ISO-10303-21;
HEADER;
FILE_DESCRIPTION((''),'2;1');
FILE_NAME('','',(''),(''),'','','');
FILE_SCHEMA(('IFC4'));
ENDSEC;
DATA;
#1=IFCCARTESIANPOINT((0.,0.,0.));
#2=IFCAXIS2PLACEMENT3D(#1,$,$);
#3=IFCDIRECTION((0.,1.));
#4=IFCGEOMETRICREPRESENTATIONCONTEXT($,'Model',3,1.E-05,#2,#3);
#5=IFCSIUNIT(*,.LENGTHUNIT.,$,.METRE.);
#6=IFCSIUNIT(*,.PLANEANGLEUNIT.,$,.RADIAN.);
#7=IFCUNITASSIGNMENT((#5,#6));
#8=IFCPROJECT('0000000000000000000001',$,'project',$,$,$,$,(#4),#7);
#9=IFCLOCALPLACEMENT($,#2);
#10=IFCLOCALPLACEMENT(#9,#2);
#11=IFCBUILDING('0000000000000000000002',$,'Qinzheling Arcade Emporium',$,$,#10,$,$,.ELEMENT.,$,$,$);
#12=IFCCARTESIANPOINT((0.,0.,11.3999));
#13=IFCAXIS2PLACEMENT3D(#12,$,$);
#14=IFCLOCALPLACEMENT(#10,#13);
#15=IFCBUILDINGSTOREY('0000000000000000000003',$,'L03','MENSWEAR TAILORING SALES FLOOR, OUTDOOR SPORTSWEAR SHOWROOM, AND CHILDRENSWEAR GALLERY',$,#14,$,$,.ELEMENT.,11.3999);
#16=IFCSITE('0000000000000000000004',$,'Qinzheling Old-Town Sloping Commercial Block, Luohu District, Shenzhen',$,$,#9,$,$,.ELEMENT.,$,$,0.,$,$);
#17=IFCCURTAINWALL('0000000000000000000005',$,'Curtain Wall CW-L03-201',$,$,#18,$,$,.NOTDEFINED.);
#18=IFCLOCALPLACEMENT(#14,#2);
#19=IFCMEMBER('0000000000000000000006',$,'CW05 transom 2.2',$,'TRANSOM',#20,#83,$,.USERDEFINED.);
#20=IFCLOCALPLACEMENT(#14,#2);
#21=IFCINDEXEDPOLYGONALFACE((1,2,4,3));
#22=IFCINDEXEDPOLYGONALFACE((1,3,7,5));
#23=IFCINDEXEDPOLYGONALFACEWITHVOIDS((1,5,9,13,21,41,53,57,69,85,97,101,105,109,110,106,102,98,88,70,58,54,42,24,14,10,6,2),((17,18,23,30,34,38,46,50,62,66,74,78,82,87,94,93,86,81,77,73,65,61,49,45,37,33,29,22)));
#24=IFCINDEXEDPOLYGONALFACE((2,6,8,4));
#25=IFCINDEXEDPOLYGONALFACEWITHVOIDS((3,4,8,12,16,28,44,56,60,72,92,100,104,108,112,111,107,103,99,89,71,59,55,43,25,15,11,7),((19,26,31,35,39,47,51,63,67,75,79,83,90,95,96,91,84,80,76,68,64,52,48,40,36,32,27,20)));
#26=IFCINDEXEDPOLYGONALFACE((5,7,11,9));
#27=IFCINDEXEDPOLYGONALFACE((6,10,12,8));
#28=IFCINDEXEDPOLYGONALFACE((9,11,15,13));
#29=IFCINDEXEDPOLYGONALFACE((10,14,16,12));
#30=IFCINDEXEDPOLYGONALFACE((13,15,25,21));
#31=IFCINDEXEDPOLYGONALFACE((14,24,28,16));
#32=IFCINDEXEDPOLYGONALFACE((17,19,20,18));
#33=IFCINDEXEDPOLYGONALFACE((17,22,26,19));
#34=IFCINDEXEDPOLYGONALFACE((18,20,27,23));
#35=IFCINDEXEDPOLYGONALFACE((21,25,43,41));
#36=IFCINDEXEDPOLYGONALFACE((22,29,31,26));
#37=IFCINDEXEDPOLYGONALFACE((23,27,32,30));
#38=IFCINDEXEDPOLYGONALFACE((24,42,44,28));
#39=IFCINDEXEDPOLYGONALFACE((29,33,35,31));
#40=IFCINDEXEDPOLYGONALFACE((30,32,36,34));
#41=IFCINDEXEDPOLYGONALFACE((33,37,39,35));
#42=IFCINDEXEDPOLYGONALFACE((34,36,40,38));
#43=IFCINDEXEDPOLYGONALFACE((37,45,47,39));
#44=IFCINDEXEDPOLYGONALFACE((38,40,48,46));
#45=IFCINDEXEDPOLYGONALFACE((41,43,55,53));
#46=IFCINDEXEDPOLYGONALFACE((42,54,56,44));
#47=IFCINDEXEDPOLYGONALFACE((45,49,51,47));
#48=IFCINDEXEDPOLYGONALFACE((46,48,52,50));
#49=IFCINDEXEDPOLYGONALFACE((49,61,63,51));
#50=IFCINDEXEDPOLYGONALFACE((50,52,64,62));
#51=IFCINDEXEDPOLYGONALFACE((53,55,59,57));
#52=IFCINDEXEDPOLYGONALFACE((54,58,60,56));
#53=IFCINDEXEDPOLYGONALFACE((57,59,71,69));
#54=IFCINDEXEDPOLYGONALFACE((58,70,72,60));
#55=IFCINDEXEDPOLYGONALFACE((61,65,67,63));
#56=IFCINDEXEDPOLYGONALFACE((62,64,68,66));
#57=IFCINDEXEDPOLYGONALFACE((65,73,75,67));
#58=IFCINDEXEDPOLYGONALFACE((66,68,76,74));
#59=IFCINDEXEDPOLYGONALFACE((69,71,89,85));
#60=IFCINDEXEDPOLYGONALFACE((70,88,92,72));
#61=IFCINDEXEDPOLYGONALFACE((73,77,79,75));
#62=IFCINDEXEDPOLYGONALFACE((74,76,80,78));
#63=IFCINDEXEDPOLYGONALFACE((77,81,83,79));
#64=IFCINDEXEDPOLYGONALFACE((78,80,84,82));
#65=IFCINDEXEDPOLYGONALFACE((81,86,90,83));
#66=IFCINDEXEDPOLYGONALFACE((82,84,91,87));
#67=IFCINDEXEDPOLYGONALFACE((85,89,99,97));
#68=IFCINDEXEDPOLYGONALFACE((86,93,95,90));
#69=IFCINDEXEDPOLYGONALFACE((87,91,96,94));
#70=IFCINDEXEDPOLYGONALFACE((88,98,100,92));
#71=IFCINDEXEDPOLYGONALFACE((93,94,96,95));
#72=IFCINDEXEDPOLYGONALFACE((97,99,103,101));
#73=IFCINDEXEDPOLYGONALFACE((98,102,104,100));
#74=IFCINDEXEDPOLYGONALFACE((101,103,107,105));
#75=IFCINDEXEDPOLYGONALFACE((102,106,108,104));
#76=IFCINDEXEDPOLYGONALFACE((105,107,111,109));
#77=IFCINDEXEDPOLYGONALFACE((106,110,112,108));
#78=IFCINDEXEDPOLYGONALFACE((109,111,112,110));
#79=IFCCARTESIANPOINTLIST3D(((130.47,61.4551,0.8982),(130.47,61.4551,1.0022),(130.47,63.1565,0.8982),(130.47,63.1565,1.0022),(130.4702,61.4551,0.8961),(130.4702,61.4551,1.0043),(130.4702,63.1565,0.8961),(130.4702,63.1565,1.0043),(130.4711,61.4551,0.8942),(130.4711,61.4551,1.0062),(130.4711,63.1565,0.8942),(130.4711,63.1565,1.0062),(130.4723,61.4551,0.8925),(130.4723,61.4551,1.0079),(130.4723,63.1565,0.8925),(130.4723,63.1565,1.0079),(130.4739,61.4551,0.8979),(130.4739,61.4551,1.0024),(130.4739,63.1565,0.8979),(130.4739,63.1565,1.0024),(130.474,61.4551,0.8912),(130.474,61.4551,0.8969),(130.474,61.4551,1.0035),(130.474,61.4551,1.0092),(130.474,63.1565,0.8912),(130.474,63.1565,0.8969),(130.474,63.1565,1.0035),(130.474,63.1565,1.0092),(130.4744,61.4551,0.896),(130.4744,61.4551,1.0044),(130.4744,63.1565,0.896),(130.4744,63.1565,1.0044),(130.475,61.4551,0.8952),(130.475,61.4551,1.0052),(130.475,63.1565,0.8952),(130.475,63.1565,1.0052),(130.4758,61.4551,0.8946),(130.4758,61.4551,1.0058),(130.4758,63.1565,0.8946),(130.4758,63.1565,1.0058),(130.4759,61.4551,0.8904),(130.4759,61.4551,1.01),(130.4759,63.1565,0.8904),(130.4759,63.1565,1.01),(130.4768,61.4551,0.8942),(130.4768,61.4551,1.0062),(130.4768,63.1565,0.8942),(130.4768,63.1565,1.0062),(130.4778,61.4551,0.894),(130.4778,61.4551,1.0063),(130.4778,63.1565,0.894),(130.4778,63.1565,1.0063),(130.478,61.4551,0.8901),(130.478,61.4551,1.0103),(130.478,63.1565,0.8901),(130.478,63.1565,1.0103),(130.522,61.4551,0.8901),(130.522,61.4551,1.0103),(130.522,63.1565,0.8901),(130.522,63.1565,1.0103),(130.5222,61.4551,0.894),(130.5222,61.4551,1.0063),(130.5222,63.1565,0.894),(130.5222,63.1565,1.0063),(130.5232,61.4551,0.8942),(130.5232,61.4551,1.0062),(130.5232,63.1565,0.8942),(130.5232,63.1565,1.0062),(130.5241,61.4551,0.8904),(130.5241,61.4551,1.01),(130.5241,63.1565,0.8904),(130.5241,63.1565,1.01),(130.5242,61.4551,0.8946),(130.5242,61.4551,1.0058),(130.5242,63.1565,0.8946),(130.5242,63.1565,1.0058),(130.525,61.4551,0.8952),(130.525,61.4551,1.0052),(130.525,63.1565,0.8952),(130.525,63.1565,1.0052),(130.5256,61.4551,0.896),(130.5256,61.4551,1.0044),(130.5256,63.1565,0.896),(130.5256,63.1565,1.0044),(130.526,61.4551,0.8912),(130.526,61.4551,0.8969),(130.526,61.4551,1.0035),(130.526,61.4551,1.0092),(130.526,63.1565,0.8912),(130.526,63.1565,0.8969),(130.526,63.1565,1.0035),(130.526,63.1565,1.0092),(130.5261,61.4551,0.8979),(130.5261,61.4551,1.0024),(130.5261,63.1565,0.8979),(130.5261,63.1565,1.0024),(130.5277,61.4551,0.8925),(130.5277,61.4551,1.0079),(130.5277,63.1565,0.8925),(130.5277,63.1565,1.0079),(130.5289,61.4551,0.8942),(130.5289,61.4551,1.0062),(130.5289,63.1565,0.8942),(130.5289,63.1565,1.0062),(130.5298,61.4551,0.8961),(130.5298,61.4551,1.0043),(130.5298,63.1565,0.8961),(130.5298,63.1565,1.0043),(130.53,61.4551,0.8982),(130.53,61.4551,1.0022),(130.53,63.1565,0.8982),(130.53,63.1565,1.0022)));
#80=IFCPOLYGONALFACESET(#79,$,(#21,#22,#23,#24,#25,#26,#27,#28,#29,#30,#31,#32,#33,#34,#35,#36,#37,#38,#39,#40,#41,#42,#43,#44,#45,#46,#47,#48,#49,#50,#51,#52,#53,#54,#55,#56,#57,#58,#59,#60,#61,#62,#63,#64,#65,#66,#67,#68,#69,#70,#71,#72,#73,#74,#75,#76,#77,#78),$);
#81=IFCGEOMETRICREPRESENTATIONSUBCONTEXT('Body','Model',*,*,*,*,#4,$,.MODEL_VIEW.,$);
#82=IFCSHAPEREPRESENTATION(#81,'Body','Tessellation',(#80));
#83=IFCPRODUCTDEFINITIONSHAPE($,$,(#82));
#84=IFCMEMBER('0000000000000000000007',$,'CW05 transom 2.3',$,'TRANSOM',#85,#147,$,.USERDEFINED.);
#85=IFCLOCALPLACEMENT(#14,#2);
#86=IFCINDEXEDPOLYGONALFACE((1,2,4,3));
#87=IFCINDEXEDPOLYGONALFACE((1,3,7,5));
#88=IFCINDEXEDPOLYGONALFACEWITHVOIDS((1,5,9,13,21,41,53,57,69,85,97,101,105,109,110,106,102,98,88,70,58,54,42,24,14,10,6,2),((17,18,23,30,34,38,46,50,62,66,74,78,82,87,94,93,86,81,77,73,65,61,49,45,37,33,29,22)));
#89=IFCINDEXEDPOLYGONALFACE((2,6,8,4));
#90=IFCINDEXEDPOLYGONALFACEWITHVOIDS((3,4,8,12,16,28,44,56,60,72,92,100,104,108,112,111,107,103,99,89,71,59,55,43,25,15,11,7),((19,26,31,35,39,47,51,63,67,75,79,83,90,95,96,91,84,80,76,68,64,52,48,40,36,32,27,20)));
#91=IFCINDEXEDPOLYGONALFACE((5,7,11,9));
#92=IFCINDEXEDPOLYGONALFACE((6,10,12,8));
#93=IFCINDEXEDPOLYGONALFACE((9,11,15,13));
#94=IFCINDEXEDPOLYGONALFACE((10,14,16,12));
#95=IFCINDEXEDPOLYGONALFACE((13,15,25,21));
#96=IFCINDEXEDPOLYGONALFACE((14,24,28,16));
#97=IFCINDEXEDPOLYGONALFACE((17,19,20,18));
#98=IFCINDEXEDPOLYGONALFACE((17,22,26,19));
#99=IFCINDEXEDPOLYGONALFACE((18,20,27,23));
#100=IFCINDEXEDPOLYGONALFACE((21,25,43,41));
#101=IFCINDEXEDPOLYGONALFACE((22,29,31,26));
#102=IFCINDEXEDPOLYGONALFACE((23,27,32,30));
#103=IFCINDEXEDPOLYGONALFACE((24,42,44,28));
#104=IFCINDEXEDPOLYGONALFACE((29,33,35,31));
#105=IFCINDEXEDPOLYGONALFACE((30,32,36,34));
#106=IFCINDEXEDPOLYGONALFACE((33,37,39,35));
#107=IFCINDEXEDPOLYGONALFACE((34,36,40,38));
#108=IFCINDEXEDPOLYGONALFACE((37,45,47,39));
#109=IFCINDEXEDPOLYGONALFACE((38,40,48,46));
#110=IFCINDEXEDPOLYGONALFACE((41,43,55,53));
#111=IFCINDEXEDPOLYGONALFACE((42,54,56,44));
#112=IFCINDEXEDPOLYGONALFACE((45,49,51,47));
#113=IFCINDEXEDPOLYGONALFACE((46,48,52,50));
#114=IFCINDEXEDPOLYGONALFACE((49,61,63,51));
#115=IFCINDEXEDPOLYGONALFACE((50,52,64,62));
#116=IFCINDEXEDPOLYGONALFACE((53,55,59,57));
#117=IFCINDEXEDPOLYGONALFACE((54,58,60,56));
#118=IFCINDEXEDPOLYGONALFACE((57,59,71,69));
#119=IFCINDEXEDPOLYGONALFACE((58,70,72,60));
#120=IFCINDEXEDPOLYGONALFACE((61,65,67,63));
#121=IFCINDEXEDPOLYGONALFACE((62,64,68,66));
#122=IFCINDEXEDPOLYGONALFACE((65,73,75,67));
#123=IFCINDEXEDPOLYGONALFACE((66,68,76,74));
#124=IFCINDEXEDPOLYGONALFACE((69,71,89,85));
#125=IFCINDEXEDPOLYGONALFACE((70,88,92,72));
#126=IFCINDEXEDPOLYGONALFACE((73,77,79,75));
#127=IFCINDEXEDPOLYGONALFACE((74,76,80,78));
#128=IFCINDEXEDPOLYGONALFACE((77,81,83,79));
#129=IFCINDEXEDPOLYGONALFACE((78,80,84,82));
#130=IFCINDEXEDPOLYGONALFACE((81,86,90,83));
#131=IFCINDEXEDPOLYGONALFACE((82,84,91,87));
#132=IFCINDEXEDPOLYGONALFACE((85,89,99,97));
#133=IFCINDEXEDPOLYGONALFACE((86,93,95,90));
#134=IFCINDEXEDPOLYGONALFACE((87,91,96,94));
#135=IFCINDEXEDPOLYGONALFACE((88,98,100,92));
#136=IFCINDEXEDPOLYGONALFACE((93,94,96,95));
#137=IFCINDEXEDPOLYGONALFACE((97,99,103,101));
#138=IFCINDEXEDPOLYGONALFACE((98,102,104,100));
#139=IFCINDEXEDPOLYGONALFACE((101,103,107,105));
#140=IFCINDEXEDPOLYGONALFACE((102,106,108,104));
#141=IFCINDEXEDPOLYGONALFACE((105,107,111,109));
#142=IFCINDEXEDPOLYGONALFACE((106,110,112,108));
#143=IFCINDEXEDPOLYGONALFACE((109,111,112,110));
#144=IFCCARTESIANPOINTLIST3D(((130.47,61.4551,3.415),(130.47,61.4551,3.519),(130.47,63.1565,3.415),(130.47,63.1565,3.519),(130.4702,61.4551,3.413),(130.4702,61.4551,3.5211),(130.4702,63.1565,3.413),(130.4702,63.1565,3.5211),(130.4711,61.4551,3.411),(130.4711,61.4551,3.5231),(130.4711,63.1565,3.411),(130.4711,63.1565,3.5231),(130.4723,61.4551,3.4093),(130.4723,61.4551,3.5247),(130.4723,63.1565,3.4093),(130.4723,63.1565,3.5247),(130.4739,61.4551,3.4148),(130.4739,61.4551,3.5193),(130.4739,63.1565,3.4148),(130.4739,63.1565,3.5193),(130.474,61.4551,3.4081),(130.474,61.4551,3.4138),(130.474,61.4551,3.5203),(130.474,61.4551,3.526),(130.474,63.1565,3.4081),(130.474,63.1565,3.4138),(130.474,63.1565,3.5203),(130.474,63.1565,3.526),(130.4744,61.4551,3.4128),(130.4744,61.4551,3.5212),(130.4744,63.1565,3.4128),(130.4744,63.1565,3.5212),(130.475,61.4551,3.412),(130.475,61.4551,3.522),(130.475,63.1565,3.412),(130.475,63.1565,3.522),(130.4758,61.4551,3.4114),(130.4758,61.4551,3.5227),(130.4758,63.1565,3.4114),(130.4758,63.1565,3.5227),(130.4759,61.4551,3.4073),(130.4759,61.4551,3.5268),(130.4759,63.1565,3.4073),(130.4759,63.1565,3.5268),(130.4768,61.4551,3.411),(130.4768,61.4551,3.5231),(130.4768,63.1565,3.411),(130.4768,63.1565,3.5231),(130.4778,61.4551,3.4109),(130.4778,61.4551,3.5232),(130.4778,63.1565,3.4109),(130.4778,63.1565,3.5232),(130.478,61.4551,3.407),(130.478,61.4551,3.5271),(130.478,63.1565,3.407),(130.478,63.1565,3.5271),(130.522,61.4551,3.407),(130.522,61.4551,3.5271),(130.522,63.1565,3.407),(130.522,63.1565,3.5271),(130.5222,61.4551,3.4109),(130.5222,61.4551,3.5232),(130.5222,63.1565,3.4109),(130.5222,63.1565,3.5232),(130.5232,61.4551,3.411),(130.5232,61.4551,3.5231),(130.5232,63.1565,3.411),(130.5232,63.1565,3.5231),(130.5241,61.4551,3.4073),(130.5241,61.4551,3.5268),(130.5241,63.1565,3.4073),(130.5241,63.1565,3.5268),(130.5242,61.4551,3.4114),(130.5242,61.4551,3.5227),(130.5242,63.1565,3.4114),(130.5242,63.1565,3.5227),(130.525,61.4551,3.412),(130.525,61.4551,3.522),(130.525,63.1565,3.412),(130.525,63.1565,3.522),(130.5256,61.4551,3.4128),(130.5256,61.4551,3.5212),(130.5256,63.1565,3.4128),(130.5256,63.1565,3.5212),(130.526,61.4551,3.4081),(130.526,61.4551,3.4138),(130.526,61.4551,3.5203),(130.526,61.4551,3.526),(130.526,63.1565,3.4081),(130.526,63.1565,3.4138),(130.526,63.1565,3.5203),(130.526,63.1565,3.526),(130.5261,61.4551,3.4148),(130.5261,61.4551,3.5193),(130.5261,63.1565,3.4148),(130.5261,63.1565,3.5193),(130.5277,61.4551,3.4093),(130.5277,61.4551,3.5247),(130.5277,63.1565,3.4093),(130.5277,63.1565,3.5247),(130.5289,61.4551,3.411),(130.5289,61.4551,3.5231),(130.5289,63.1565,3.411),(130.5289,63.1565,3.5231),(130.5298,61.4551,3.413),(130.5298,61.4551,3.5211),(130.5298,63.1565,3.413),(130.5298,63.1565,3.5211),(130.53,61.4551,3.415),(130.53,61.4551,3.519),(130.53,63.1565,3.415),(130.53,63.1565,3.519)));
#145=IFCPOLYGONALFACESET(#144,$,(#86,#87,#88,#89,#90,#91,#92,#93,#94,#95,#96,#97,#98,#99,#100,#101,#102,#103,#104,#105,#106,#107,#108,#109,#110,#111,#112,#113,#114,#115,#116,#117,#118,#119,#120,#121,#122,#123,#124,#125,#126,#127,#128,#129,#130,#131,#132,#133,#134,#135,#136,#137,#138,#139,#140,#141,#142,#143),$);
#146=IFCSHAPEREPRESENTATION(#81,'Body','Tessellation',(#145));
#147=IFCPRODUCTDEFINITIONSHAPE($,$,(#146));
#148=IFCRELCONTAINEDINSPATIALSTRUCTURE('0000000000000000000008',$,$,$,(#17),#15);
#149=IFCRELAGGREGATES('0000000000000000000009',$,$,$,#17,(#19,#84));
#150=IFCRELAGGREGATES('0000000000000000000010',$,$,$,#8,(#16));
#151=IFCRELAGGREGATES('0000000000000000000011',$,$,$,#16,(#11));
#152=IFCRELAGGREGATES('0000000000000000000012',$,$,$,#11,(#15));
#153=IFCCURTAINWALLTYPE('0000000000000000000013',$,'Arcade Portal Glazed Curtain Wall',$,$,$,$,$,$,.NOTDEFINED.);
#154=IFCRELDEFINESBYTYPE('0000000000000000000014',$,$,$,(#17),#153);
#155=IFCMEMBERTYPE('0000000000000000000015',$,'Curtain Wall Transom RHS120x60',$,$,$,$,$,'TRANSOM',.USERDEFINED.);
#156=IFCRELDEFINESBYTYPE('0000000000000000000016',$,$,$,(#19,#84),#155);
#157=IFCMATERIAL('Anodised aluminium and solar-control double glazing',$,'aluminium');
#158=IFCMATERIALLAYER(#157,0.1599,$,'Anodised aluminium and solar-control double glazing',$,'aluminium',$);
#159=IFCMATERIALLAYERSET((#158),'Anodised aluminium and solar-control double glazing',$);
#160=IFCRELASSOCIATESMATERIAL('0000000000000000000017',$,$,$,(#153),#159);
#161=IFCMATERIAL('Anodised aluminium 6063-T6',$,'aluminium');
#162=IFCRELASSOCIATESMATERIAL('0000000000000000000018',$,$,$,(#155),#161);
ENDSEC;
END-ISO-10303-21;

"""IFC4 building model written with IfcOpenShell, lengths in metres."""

from ifc_helpers import new_model, si_unit, direction, frame, origin, origin_2d, place, context, subcontext, project, spatial, hollow_rectangle, extrude, material, layer, layer_set, material_profile, profile_set, type_object, element, aggregate, save


model = new_model("IFC4")

# Units and contexts
model_context = context("Model", 3, precision=1e-05, world=origin(), true_north=direction((0.0, 1.0)))
body_context = subcontext(model_context, "Body", "Model", "MODEL_VIEW")
ifc_project = project(units=[si_unit("LENGTHUNIT", "METRE"), si_unit("PLANEANGLEUNIT", "RADIAN")], contexts=[model_context])

# Site, building, storey
site_placement = place(None, origin())
site = spatial("IfcSite", under=ifc_project, at=site_placement, Name="Qinzheling Old-Town Sloping Commercial Block, Luohu District, Shenzhen", CompositionType="ELEMENT", RefElevation=0.0)
building_placement = place(site_placement, origin())
building = spatial("IfcBuilding", under=site, at=building_placement, Name="Qinzheling Arcade Emporium", CompositionType="ELEMENT")
storey_placement = place(building_placement, frame((0.0, 0.0, 11.3999)))
storey = spatial("IfcBuildingStorey", under=building, at=storey_placement, Name="L03", Description="MENSWEAR TAILORING SALES FLOOR, OUTDOOR SPORTSWEAR SHOWROOM, AND CHILDRENSWEAR GALLERY", CompositionType="ELEMENT", Elevation=11.3999)

# Shared definitions
ifc_material_1 = material(Name="Anodised aluminium and solar-control double glazing", Category="aluminium")
ifc_layer_1 = layer(ifc_material_1, 0.1599, Name="Anodised aluminium and solar-control double glazing", Category="aluminium")
ifc_layer_set_1 = layer_set([ifc_layer_1], Name="Anodised aluminium and solar-control double glazing")
curtain_wall_type = type_object("IfcCurtainWallType", Name="Arcade Portal Glazed Curtain Wall", PredefinedType="NOTDEFINED", material=ifc_layer_set_1)
ifc_material_2 = material(Name="Anodised aluminium 6063-T6", Category="aluminium")

# Curtain wall
curtain_wall_1_placement = place(storey_placement, origin())
curtain_wall_1 = element("IfcCurtainWall", 1, at=curtain_wall_1_placement, inside=storey, type_object=curtain_wall_type, Name="Curtain Wall CW-L03-201", PredefinedType="NOTDEFINED")

# Members
ifc_material_profile_1 = material_profile(ifc_material_2, hollow_rectangle(XDim=0.0601, YDim=0.1201, WallThickness=0.0039, InnerFilletRadius=0.0039, OuterFilletRadius=0.0081, at=origin_2d()), Name="RHS 120x60x4", Category="aluminium")
ifc_profile_set_1 = profile_set([ifc_material_profile_1], Name="Anodised aluminium 6063-T6")
member_type_1 = type_object("IfcMemberType", Name="Curtain Wall Transom RHS120x60", ElementType="TRANSOM", PredefinedType="USERDEFINED", material=ifc_profile_set_1)
member_1_placement = place(storey_placement, frame((130.5, 63.1565, 0.9502), z_axis=(0.0, -1.0, 0.0), x_axis=(1.0, 0.0, 0.0)))
member_1 = element("IfcMember", 2, at=member_1_placement, type_object=member_type_1, Name="CW05 transom 2.2", ObjectType="TRANSOM", PredefinedType="USERDEFINED", context=body_context, shape_type="SweptSolid", body=[
    extrude(hollow_rectangle(XDim=0.0601, YDim=0.1201, WallThickness=0.0039, InnerFilletRadius=0.0039, OuterFilletRadius=0.0081, at=origin_2d()), origin(), (0.0, 0.0, 1.0), 1.7014),
])
member_2_placement = place(storey_placement, frame((130.5, 63.1565, 3.467), z_axis=(0.0, -1.0, 0.0), x_axis=(1.0, 0.0, 0.0)))
member_2 = element("IfcMember", 3, at=member_2_placement, type_object=member_type_1, Name="CW05 transom 2.3", ObjectType="TRANSOM", PredefinedType="USERDEFINED", context=body_context, shape_type="SweptSolid", body=[
    extrude(hollow_rectangle(XDim=0.0601, YDim=0.1201, WallThickness=0.0039, InnerFilletRadius=0.0039, OuterFilletRadius=0.0081, at=origin_2d()), origin(), (0.0, 0.0, 1.0), 1.7014),
])

aggregate(curtain_wall_1, [member_1, member_2])

save(model, "model.ifc")
